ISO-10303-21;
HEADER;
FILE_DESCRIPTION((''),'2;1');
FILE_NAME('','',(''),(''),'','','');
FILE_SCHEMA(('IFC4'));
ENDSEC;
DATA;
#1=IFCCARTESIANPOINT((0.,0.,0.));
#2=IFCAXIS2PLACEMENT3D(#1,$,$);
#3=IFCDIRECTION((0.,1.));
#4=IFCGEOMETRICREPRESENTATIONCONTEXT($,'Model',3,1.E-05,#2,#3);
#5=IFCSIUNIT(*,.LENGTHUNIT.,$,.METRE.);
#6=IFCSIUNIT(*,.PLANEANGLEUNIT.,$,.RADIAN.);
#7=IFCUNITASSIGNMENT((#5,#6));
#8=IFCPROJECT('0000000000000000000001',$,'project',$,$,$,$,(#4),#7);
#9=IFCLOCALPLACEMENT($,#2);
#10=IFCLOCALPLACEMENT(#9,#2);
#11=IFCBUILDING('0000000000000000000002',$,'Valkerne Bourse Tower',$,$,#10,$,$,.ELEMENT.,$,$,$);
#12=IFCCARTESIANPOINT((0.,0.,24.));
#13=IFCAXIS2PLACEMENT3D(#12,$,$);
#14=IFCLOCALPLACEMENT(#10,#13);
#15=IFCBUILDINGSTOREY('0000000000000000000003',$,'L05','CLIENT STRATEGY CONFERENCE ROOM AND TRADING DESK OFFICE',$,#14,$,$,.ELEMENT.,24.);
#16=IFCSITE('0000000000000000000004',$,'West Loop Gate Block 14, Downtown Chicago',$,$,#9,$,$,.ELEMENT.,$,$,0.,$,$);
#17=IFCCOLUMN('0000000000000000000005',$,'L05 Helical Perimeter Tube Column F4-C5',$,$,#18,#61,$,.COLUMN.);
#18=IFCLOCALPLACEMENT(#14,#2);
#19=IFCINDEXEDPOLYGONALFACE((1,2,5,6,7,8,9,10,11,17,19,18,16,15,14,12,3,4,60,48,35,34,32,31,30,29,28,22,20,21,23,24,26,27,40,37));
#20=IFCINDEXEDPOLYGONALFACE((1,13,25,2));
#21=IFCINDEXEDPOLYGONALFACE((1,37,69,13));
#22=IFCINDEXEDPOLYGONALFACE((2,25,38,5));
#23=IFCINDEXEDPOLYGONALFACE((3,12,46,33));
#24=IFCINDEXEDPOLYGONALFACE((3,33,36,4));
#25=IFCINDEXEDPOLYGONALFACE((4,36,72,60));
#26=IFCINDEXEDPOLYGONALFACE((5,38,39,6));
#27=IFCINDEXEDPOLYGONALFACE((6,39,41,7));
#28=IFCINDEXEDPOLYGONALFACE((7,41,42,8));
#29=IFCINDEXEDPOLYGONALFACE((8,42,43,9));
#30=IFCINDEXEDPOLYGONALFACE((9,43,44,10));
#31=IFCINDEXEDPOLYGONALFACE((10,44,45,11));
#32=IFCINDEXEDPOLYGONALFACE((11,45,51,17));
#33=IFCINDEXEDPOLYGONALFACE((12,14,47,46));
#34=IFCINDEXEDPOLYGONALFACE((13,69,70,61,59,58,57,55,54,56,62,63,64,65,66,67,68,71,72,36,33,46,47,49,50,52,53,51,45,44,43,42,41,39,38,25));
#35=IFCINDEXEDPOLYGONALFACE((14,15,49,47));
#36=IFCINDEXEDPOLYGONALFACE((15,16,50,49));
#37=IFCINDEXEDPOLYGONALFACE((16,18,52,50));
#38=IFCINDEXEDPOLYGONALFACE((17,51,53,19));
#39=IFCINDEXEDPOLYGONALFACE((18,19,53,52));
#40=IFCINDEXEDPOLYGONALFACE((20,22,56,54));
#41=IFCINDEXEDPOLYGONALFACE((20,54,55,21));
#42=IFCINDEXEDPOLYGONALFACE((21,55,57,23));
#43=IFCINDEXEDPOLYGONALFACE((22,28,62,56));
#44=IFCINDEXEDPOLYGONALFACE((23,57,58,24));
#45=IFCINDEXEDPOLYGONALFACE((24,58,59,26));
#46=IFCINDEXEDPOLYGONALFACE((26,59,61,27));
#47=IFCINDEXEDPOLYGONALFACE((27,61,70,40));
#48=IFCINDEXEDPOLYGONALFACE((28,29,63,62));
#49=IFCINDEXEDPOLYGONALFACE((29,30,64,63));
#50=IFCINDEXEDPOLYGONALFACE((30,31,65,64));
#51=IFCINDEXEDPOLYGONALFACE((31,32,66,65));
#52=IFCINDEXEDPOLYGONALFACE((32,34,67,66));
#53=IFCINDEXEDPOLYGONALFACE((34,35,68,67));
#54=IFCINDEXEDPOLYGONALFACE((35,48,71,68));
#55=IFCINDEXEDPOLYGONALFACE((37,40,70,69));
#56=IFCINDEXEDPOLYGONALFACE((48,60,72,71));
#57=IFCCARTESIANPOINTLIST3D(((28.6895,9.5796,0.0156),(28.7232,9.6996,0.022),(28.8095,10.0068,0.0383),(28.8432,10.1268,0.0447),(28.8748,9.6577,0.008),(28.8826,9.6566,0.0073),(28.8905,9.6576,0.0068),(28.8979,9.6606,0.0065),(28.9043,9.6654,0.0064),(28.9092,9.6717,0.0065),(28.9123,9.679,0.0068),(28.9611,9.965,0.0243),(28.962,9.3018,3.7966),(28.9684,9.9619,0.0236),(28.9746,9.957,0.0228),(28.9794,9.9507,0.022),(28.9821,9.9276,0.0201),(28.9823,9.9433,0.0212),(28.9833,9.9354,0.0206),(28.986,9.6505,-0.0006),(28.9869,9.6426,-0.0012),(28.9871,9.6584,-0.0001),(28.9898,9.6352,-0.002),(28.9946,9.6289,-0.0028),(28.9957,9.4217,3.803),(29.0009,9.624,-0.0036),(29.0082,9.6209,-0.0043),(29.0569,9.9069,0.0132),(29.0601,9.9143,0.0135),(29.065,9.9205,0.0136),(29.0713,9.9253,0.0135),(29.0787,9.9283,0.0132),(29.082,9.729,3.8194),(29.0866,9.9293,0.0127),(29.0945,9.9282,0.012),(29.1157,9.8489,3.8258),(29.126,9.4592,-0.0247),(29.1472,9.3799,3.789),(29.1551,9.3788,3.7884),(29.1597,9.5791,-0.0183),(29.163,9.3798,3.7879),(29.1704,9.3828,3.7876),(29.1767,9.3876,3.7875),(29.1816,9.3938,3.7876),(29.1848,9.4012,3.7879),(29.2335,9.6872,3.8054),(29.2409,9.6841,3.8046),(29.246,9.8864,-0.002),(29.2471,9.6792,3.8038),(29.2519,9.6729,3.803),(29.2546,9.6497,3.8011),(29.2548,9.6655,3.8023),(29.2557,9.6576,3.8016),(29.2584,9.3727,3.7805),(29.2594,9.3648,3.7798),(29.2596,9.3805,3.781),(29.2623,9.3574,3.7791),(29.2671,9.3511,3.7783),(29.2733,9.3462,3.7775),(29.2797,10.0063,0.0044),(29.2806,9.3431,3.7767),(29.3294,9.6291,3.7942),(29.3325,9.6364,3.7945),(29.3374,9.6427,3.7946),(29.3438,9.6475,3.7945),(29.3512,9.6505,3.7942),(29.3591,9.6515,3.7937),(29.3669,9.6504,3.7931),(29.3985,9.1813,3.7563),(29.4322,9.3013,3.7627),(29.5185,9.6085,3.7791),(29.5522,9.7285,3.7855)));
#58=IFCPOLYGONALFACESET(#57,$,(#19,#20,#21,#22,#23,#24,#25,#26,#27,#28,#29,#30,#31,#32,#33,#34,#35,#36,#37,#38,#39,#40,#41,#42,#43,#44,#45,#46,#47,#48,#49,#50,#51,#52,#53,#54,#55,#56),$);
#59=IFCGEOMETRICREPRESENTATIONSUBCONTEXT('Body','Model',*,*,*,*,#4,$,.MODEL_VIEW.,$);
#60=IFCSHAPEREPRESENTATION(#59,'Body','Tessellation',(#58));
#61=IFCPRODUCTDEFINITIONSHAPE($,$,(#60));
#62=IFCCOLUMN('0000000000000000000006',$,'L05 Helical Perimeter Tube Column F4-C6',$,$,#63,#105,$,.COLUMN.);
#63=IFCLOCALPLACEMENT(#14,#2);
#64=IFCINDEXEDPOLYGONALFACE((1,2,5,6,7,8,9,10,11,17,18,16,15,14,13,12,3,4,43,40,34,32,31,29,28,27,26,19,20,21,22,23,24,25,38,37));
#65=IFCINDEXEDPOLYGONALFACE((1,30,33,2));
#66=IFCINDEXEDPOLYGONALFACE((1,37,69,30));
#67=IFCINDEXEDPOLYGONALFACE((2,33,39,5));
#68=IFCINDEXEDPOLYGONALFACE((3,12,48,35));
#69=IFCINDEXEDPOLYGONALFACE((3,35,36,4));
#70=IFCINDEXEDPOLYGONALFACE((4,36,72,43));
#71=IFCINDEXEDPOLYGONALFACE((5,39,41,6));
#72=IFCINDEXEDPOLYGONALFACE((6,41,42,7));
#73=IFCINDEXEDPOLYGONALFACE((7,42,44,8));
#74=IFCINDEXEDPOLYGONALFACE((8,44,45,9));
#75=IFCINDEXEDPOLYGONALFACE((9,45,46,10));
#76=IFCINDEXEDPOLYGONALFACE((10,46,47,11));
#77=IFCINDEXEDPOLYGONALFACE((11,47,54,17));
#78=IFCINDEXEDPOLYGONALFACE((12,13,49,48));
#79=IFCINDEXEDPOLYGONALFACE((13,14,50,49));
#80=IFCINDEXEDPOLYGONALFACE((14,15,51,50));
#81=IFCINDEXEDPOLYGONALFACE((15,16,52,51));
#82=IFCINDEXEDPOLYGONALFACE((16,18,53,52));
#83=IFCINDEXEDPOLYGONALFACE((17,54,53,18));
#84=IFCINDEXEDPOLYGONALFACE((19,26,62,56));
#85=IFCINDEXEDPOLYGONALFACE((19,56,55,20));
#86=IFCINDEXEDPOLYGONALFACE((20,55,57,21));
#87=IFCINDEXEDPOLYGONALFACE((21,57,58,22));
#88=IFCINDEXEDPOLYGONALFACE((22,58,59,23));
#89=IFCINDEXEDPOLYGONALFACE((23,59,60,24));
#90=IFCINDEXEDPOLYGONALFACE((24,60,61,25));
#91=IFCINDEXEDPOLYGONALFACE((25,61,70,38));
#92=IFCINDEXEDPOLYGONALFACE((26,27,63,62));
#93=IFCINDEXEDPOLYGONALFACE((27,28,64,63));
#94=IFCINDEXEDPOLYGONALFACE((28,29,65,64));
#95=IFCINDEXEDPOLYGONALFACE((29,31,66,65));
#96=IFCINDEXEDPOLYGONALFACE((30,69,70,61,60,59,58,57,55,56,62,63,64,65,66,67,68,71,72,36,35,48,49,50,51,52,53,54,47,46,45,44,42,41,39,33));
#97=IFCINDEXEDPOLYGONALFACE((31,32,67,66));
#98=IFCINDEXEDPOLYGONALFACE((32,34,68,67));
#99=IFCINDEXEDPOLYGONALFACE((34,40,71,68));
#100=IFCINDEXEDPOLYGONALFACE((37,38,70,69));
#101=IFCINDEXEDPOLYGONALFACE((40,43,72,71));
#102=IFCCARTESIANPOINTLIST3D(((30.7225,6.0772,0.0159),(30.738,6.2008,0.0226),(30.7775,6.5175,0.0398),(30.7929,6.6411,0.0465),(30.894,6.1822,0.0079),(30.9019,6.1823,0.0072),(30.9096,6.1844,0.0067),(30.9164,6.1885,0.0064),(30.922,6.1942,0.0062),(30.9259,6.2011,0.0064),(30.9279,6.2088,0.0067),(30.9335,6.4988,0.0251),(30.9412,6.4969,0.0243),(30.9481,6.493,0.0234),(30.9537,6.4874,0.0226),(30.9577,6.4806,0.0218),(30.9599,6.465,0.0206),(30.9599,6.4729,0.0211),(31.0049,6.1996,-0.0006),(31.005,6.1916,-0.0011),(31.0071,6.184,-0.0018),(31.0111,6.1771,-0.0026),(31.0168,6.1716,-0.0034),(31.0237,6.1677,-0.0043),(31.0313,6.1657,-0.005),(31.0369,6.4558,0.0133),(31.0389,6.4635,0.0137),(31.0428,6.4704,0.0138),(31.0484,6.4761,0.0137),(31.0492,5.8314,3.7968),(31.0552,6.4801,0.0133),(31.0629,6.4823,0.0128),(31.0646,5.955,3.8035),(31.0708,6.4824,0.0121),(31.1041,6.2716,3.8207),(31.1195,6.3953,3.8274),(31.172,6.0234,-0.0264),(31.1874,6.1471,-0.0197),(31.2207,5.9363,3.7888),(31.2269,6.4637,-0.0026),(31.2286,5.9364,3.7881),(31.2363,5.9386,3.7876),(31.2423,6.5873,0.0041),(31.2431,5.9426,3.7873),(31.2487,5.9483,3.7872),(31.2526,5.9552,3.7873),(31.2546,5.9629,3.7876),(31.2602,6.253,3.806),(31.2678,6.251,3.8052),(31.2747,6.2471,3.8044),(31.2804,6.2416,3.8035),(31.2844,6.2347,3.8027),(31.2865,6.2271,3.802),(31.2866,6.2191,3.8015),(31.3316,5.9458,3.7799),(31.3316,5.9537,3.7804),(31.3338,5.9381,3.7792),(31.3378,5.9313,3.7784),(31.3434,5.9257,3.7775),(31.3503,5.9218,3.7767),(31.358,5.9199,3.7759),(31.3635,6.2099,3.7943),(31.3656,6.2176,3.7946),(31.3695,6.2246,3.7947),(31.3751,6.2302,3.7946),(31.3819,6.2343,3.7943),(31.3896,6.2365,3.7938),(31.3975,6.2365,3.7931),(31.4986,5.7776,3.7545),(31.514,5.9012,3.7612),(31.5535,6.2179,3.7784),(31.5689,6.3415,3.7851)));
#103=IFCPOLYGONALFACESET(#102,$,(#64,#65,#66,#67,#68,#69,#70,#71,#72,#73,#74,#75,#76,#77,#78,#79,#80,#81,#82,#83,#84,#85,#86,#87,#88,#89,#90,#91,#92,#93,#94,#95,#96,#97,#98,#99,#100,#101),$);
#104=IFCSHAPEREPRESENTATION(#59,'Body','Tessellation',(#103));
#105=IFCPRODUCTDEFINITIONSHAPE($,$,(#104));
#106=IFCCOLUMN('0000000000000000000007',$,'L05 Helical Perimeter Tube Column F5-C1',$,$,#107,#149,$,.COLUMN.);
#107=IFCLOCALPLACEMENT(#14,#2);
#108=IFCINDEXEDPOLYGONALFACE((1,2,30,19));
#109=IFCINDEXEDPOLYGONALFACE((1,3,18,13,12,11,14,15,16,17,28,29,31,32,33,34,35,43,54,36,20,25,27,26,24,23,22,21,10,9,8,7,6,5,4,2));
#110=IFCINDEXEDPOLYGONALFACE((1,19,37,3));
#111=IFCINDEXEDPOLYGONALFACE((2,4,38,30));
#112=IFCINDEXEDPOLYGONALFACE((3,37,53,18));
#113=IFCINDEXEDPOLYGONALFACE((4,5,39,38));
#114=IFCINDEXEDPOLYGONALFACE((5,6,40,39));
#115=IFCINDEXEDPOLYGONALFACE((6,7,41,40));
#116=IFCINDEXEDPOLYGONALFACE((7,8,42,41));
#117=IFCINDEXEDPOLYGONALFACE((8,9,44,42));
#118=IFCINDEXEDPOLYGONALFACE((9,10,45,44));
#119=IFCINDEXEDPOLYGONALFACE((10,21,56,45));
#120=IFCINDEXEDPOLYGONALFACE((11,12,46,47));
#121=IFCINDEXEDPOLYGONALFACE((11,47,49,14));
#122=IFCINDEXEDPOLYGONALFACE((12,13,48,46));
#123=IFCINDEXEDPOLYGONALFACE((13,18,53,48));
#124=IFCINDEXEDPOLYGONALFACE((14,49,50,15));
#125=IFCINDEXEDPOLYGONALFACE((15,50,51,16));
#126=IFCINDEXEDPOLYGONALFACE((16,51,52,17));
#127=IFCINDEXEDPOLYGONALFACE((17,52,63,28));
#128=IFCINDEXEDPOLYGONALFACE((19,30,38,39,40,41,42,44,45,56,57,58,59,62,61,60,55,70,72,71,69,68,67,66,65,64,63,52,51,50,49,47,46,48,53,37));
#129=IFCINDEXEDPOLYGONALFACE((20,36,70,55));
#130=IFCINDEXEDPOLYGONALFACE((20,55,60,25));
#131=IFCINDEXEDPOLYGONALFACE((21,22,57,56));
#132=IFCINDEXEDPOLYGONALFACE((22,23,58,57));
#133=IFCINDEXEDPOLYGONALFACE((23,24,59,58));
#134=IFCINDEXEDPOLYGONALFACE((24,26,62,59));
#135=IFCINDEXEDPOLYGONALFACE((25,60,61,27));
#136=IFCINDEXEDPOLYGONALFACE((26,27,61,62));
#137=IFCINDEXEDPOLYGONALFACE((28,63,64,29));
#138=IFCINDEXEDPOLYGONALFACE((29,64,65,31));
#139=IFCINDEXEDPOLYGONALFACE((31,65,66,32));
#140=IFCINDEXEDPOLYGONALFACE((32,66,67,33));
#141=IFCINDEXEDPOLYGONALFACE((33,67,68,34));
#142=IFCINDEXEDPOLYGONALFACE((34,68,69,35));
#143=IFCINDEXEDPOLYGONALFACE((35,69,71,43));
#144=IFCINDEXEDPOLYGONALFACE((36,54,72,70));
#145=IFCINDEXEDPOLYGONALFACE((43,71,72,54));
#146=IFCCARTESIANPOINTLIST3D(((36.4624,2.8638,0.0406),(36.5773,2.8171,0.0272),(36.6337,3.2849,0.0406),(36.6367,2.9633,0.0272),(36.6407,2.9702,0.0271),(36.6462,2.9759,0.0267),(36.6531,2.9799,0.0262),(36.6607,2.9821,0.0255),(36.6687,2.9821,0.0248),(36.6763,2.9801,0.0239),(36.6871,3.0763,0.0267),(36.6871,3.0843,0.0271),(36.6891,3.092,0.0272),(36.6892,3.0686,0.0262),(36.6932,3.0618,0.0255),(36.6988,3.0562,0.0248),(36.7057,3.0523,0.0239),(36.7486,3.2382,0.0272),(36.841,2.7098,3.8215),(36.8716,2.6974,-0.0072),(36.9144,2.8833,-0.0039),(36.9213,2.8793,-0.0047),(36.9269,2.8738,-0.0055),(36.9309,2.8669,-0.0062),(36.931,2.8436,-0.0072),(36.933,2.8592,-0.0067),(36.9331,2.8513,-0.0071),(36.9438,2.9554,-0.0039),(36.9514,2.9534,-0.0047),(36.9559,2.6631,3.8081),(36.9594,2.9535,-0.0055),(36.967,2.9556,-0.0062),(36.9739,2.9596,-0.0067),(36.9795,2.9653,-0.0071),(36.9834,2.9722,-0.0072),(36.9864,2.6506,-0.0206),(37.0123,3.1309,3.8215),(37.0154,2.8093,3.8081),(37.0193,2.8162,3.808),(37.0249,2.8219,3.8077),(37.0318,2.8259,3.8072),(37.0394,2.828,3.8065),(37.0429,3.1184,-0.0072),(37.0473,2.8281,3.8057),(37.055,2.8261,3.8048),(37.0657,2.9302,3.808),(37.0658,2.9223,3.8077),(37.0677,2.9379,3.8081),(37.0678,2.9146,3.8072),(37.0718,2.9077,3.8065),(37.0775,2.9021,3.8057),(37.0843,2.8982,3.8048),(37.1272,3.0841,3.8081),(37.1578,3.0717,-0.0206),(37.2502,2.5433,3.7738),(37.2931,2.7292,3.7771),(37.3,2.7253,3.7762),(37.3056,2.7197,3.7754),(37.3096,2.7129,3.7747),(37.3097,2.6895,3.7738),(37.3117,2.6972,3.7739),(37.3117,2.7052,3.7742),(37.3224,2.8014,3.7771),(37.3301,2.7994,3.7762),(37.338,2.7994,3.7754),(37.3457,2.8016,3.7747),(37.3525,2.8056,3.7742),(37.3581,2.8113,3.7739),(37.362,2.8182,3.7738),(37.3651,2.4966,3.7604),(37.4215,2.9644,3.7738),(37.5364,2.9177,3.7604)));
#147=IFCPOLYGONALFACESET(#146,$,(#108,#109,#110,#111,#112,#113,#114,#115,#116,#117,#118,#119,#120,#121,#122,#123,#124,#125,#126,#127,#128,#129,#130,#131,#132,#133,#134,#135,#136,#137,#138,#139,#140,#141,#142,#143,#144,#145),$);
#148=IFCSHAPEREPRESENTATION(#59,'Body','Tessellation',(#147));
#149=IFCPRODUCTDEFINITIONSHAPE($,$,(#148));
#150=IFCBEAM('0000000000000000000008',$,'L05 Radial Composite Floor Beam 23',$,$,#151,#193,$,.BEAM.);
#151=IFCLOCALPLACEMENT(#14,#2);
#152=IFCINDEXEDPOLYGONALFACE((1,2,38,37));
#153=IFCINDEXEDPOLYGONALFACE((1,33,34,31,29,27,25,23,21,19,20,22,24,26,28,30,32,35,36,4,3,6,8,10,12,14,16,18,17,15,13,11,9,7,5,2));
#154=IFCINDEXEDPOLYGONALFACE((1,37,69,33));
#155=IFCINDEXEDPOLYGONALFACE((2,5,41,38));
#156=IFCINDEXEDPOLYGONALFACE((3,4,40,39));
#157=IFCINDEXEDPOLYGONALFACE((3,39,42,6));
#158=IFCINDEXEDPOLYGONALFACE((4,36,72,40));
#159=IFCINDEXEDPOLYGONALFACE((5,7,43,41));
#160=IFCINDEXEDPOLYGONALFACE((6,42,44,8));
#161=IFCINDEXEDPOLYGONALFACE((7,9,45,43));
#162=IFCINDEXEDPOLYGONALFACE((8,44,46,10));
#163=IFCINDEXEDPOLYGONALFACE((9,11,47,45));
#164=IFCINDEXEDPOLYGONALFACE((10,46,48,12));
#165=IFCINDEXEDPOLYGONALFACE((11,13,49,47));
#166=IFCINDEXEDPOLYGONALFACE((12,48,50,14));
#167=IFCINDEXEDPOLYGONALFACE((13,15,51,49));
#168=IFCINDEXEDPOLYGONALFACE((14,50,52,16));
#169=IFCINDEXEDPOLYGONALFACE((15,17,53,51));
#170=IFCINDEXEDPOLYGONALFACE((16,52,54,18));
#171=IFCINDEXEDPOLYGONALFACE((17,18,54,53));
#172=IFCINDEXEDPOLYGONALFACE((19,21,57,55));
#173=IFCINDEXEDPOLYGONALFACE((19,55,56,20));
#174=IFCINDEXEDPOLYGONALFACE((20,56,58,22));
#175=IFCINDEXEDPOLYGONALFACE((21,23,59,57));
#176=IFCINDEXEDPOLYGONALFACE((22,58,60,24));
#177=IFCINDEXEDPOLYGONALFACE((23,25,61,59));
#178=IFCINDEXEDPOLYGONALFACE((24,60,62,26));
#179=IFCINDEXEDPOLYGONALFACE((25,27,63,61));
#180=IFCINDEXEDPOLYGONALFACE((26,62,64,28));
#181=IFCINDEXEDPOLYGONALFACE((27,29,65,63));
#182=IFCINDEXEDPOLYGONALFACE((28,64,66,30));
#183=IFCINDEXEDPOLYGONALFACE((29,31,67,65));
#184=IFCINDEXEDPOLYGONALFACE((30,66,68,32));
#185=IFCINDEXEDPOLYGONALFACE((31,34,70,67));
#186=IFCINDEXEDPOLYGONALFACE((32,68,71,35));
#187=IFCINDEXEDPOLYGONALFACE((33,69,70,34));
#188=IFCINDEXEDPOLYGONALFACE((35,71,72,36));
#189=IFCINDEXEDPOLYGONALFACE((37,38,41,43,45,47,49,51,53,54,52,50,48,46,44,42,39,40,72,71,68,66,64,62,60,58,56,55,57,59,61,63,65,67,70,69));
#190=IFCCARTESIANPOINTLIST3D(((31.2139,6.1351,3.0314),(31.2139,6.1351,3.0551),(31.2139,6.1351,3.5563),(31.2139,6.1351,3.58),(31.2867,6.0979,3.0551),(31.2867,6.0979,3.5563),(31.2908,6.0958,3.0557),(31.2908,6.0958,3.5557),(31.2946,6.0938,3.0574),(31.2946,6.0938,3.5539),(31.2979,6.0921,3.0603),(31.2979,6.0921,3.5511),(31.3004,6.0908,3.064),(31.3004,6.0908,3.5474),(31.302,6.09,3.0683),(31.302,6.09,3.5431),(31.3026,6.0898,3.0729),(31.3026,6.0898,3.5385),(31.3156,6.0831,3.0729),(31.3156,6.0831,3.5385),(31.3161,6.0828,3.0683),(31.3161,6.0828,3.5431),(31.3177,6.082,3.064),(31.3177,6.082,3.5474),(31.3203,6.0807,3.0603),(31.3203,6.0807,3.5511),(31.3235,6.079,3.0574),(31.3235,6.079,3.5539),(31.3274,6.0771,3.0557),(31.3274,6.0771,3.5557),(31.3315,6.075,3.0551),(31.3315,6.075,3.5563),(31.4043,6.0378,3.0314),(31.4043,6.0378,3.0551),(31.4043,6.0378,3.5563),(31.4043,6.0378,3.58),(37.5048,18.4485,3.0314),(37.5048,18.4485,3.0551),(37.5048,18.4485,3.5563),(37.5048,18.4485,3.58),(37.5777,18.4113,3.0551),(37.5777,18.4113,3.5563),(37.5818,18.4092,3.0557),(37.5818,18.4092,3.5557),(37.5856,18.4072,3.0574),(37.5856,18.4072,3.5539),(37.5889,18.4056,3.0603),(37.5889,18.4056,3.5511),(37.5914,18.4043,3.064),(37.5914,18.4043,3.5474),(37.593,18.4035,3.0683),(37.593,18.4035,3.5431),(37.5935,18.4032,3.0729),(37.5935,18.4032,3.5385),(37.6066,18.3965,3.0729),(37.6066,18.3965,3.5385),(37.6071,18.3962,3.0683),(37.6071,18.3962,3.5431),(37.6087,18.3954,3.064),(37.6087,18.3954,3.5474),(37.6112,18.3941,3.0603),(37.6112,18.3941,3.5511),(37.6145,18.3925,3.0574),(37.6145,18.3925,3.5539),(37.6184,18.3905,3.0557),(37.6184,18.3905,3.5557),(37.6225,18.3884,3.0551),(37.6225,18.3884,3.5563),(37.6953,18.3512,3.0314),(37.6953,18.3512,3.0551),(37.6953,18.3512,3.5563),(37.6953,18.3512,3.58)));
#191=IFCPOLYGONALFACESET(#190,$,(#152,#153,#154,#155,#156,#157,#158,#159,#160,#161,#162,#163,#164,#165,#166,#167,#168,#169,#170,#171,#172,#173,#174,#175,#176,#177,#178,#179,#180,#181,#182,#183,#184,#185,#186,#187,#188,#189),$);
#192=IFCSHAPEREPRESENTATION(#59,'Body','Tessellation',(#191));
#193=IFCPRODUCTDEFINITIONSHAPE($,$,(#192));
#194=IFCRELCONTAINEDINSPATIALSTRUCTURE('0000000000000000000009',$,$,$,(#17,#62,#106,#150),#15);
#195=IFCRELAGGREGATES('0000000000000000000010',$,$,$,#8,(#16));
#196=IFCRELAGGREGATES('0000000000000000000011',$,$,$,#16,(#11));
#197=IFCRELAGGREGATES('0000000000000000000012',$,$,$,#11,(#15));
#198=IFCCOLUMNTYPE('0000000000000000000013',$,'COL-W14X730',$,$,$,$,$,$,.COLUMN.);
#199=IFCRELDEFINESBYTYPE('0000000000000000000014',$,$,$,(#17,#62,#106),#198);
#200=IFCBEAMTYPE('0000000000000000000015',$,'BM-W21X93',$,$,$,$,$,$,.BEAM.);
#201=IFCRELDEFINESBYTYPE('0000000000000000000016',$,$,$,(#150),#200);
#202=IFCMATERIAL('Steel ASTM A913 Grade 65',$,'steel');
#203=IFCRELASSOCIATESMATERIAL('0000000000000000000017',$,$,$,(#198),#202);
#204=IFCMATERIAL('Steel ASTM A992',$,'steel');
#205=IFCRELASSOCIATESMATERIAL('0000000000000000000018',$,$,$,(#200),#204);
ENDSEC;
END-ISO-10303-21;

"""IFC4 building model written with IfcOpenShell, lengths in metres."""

from ifc_helpers import new_model, si_unit, direction, frame, origin, origin_2d, place, context, subcontext, project, spatial, i_section, extrude, material, material_profile, profile_set, type_object, element, save


model = new_model("IFC4")

# Units and contexts
model_context = context("Model", 3, precision=1e-05, world=origin(), true_north=direction((0.0, 1.0)))
body_context = subcontext(model_context, "Body", "Model", "MODEL_VIEW")
ifc_project = project(units=[si_unit("LENGTHUNIT", "METRE"), si_unit("PLANEANGLEUNIT", "RADIAN")], contexts=[model_context])

# Site, building, storey
site_placement = place(None, origin())
site = spatial("IfcSite", under=ifc_project, at=site_placement, Name="West Loop Gate Block 14, Downtown Chicago", CompositionType="ELEMENT", RefElevation=0.0)
building_placement = place(site_placement, origin())
building = spatial("IfcBuilding", under=site, at=building_placement, Name="Valkerne Bourse Tower", CompositionType="ELEMENT")
storey_placement = place(building_placement, frame((0.0, 0.0, 24.0)))
storey = spatial("IfcBuildingStorey", under=building, at=storey_placement, Name="L05", Description="CLIENT STRATEGY CONFERENCE ROOM AND TRADING DESK OFFICE", CompositionType="ELEMENT", Elevation=24.0)

# Columns
ifc_material_1 = material(Name="Steel ASTM A913 Grade 65", Category="steel")
ifc_material_profile_1 = material_profile(ifc_material_1, i_section(OverallWidth=0.4546, OverallDepth=0.5691, WebThickness=0.0779, FlangeThickness=0.1248, FilletRadius=0.0305, at=origin_2d()), Name="W14X730")
ifc_profile_set_1 = profile_set([ifc_material_profile_1], Name="Steel ASTM A913 Grade 65")
column_type = type_object("IfcColumnType", Name="COL-W14X730", PredefinedType="COLUMN", material=ifc_profile_set_1)
column_placement = place(storey_placement, frame((28.9846, 9.793, 0.01), z_axis=(0.071682, -0.073095, 0.994746), x_axis=(0.960168, -0.264985, -0.088661)))
element("IfcColumn", 1, at=column_placement, inside=storey, type_object=column_type, Name="L05 Helical Perimeter Tube Column F4-C5", PredefinedType="COLUMN", context=body_context, shape_type="SweptSolid", body=[
    extrude(i_section(OverallWidth=0.4546, OverallDepth=0.5691, WebThickness=0.0779, FlangeThickness=0.1248, FilletRadius=0.0305, at=origin_2d()), origin(), (0.0, 0.0, 1.0), 3.801),
])
for number, where, z_axis, x_axis, name in (
    (2, (30.9824, 6.3323, 0.01), (0.085894, -0.064645, 0.994205), (0.988609, -0.118257, -0.0931), "L05 Helical Perimeter Tube Column F4-C6"),
    (3, (36.8101, 2.9678, 0.01), (0.099568, -0.040508, 0.994206), (0.376842, 0.926278, 0.0), "L05 Helical Perimeter Tube Column F5-C1"),
):
    element("IfcColumn", number, at=place(storey_placement, frame(where, z_axis=z_axis, x_axis=x_axis)), inside=storey, type_object=column_type, Name=name, PredefinedType="COLUMN", context=body_context, shape_type="SweptSolid", body=[
        extrude(i_section(OverallWidth=0.4546, OverallDepth=0.5691, WebThickness=0.0779, FlangeThickness=0.1248, FilletRadius=0.0305, at=origin_2d()), origin(), (0.0, 0.0, 1.0), 3.803),
    ])

# Beam
ifc_material_2 = material(Name="Steel ASTM A992", Category="steel")
ifc_material_profile_2 = material_profile(ifc_material_2, i_section(OverallWidth=0.2139, OverallDepth=0.5486, WebThickness=0.0146, FlangeThickness=0.0237, FilletRadius=0.0178, at=origin_2d()), Name="W21X93")
ifc_profile_set_2 = profile_set([ifc_material_profile_2], Name="Steel ASTM A992")
beam_type_1 = type_object("IfcBeamType", Name="BM-W21X93", PredefinedType="BEAM", material=ifc_profile_set_2)
beam_1_placement = place(storey_placement, frame((31.3091, 6.0864, 3.3057), z_axis=(0.454965, 0.890509, 0.0), x_axis=(-0.890509, 0.454965, 0.0)))
element("IfcBeam", 4, at=beam_1_placement, inside=storey, type_object=beam_type_1, Name="L05 Radial Composite Floor Beam 23", PredefinedType="BEAM", context=body_context, shape_type="SweptSolid", body=[
    extrude(i_section(OverallWidth=0.2139, OverallDepth=0.5486, WebThickness=0.0146, FlangeThickness=0.0237, FilletRadius=0.0178, at=origin_2d()), origin(), (0.0, 0.0, 1.0), 13.8274),
])

save(model, "model.ifc")
